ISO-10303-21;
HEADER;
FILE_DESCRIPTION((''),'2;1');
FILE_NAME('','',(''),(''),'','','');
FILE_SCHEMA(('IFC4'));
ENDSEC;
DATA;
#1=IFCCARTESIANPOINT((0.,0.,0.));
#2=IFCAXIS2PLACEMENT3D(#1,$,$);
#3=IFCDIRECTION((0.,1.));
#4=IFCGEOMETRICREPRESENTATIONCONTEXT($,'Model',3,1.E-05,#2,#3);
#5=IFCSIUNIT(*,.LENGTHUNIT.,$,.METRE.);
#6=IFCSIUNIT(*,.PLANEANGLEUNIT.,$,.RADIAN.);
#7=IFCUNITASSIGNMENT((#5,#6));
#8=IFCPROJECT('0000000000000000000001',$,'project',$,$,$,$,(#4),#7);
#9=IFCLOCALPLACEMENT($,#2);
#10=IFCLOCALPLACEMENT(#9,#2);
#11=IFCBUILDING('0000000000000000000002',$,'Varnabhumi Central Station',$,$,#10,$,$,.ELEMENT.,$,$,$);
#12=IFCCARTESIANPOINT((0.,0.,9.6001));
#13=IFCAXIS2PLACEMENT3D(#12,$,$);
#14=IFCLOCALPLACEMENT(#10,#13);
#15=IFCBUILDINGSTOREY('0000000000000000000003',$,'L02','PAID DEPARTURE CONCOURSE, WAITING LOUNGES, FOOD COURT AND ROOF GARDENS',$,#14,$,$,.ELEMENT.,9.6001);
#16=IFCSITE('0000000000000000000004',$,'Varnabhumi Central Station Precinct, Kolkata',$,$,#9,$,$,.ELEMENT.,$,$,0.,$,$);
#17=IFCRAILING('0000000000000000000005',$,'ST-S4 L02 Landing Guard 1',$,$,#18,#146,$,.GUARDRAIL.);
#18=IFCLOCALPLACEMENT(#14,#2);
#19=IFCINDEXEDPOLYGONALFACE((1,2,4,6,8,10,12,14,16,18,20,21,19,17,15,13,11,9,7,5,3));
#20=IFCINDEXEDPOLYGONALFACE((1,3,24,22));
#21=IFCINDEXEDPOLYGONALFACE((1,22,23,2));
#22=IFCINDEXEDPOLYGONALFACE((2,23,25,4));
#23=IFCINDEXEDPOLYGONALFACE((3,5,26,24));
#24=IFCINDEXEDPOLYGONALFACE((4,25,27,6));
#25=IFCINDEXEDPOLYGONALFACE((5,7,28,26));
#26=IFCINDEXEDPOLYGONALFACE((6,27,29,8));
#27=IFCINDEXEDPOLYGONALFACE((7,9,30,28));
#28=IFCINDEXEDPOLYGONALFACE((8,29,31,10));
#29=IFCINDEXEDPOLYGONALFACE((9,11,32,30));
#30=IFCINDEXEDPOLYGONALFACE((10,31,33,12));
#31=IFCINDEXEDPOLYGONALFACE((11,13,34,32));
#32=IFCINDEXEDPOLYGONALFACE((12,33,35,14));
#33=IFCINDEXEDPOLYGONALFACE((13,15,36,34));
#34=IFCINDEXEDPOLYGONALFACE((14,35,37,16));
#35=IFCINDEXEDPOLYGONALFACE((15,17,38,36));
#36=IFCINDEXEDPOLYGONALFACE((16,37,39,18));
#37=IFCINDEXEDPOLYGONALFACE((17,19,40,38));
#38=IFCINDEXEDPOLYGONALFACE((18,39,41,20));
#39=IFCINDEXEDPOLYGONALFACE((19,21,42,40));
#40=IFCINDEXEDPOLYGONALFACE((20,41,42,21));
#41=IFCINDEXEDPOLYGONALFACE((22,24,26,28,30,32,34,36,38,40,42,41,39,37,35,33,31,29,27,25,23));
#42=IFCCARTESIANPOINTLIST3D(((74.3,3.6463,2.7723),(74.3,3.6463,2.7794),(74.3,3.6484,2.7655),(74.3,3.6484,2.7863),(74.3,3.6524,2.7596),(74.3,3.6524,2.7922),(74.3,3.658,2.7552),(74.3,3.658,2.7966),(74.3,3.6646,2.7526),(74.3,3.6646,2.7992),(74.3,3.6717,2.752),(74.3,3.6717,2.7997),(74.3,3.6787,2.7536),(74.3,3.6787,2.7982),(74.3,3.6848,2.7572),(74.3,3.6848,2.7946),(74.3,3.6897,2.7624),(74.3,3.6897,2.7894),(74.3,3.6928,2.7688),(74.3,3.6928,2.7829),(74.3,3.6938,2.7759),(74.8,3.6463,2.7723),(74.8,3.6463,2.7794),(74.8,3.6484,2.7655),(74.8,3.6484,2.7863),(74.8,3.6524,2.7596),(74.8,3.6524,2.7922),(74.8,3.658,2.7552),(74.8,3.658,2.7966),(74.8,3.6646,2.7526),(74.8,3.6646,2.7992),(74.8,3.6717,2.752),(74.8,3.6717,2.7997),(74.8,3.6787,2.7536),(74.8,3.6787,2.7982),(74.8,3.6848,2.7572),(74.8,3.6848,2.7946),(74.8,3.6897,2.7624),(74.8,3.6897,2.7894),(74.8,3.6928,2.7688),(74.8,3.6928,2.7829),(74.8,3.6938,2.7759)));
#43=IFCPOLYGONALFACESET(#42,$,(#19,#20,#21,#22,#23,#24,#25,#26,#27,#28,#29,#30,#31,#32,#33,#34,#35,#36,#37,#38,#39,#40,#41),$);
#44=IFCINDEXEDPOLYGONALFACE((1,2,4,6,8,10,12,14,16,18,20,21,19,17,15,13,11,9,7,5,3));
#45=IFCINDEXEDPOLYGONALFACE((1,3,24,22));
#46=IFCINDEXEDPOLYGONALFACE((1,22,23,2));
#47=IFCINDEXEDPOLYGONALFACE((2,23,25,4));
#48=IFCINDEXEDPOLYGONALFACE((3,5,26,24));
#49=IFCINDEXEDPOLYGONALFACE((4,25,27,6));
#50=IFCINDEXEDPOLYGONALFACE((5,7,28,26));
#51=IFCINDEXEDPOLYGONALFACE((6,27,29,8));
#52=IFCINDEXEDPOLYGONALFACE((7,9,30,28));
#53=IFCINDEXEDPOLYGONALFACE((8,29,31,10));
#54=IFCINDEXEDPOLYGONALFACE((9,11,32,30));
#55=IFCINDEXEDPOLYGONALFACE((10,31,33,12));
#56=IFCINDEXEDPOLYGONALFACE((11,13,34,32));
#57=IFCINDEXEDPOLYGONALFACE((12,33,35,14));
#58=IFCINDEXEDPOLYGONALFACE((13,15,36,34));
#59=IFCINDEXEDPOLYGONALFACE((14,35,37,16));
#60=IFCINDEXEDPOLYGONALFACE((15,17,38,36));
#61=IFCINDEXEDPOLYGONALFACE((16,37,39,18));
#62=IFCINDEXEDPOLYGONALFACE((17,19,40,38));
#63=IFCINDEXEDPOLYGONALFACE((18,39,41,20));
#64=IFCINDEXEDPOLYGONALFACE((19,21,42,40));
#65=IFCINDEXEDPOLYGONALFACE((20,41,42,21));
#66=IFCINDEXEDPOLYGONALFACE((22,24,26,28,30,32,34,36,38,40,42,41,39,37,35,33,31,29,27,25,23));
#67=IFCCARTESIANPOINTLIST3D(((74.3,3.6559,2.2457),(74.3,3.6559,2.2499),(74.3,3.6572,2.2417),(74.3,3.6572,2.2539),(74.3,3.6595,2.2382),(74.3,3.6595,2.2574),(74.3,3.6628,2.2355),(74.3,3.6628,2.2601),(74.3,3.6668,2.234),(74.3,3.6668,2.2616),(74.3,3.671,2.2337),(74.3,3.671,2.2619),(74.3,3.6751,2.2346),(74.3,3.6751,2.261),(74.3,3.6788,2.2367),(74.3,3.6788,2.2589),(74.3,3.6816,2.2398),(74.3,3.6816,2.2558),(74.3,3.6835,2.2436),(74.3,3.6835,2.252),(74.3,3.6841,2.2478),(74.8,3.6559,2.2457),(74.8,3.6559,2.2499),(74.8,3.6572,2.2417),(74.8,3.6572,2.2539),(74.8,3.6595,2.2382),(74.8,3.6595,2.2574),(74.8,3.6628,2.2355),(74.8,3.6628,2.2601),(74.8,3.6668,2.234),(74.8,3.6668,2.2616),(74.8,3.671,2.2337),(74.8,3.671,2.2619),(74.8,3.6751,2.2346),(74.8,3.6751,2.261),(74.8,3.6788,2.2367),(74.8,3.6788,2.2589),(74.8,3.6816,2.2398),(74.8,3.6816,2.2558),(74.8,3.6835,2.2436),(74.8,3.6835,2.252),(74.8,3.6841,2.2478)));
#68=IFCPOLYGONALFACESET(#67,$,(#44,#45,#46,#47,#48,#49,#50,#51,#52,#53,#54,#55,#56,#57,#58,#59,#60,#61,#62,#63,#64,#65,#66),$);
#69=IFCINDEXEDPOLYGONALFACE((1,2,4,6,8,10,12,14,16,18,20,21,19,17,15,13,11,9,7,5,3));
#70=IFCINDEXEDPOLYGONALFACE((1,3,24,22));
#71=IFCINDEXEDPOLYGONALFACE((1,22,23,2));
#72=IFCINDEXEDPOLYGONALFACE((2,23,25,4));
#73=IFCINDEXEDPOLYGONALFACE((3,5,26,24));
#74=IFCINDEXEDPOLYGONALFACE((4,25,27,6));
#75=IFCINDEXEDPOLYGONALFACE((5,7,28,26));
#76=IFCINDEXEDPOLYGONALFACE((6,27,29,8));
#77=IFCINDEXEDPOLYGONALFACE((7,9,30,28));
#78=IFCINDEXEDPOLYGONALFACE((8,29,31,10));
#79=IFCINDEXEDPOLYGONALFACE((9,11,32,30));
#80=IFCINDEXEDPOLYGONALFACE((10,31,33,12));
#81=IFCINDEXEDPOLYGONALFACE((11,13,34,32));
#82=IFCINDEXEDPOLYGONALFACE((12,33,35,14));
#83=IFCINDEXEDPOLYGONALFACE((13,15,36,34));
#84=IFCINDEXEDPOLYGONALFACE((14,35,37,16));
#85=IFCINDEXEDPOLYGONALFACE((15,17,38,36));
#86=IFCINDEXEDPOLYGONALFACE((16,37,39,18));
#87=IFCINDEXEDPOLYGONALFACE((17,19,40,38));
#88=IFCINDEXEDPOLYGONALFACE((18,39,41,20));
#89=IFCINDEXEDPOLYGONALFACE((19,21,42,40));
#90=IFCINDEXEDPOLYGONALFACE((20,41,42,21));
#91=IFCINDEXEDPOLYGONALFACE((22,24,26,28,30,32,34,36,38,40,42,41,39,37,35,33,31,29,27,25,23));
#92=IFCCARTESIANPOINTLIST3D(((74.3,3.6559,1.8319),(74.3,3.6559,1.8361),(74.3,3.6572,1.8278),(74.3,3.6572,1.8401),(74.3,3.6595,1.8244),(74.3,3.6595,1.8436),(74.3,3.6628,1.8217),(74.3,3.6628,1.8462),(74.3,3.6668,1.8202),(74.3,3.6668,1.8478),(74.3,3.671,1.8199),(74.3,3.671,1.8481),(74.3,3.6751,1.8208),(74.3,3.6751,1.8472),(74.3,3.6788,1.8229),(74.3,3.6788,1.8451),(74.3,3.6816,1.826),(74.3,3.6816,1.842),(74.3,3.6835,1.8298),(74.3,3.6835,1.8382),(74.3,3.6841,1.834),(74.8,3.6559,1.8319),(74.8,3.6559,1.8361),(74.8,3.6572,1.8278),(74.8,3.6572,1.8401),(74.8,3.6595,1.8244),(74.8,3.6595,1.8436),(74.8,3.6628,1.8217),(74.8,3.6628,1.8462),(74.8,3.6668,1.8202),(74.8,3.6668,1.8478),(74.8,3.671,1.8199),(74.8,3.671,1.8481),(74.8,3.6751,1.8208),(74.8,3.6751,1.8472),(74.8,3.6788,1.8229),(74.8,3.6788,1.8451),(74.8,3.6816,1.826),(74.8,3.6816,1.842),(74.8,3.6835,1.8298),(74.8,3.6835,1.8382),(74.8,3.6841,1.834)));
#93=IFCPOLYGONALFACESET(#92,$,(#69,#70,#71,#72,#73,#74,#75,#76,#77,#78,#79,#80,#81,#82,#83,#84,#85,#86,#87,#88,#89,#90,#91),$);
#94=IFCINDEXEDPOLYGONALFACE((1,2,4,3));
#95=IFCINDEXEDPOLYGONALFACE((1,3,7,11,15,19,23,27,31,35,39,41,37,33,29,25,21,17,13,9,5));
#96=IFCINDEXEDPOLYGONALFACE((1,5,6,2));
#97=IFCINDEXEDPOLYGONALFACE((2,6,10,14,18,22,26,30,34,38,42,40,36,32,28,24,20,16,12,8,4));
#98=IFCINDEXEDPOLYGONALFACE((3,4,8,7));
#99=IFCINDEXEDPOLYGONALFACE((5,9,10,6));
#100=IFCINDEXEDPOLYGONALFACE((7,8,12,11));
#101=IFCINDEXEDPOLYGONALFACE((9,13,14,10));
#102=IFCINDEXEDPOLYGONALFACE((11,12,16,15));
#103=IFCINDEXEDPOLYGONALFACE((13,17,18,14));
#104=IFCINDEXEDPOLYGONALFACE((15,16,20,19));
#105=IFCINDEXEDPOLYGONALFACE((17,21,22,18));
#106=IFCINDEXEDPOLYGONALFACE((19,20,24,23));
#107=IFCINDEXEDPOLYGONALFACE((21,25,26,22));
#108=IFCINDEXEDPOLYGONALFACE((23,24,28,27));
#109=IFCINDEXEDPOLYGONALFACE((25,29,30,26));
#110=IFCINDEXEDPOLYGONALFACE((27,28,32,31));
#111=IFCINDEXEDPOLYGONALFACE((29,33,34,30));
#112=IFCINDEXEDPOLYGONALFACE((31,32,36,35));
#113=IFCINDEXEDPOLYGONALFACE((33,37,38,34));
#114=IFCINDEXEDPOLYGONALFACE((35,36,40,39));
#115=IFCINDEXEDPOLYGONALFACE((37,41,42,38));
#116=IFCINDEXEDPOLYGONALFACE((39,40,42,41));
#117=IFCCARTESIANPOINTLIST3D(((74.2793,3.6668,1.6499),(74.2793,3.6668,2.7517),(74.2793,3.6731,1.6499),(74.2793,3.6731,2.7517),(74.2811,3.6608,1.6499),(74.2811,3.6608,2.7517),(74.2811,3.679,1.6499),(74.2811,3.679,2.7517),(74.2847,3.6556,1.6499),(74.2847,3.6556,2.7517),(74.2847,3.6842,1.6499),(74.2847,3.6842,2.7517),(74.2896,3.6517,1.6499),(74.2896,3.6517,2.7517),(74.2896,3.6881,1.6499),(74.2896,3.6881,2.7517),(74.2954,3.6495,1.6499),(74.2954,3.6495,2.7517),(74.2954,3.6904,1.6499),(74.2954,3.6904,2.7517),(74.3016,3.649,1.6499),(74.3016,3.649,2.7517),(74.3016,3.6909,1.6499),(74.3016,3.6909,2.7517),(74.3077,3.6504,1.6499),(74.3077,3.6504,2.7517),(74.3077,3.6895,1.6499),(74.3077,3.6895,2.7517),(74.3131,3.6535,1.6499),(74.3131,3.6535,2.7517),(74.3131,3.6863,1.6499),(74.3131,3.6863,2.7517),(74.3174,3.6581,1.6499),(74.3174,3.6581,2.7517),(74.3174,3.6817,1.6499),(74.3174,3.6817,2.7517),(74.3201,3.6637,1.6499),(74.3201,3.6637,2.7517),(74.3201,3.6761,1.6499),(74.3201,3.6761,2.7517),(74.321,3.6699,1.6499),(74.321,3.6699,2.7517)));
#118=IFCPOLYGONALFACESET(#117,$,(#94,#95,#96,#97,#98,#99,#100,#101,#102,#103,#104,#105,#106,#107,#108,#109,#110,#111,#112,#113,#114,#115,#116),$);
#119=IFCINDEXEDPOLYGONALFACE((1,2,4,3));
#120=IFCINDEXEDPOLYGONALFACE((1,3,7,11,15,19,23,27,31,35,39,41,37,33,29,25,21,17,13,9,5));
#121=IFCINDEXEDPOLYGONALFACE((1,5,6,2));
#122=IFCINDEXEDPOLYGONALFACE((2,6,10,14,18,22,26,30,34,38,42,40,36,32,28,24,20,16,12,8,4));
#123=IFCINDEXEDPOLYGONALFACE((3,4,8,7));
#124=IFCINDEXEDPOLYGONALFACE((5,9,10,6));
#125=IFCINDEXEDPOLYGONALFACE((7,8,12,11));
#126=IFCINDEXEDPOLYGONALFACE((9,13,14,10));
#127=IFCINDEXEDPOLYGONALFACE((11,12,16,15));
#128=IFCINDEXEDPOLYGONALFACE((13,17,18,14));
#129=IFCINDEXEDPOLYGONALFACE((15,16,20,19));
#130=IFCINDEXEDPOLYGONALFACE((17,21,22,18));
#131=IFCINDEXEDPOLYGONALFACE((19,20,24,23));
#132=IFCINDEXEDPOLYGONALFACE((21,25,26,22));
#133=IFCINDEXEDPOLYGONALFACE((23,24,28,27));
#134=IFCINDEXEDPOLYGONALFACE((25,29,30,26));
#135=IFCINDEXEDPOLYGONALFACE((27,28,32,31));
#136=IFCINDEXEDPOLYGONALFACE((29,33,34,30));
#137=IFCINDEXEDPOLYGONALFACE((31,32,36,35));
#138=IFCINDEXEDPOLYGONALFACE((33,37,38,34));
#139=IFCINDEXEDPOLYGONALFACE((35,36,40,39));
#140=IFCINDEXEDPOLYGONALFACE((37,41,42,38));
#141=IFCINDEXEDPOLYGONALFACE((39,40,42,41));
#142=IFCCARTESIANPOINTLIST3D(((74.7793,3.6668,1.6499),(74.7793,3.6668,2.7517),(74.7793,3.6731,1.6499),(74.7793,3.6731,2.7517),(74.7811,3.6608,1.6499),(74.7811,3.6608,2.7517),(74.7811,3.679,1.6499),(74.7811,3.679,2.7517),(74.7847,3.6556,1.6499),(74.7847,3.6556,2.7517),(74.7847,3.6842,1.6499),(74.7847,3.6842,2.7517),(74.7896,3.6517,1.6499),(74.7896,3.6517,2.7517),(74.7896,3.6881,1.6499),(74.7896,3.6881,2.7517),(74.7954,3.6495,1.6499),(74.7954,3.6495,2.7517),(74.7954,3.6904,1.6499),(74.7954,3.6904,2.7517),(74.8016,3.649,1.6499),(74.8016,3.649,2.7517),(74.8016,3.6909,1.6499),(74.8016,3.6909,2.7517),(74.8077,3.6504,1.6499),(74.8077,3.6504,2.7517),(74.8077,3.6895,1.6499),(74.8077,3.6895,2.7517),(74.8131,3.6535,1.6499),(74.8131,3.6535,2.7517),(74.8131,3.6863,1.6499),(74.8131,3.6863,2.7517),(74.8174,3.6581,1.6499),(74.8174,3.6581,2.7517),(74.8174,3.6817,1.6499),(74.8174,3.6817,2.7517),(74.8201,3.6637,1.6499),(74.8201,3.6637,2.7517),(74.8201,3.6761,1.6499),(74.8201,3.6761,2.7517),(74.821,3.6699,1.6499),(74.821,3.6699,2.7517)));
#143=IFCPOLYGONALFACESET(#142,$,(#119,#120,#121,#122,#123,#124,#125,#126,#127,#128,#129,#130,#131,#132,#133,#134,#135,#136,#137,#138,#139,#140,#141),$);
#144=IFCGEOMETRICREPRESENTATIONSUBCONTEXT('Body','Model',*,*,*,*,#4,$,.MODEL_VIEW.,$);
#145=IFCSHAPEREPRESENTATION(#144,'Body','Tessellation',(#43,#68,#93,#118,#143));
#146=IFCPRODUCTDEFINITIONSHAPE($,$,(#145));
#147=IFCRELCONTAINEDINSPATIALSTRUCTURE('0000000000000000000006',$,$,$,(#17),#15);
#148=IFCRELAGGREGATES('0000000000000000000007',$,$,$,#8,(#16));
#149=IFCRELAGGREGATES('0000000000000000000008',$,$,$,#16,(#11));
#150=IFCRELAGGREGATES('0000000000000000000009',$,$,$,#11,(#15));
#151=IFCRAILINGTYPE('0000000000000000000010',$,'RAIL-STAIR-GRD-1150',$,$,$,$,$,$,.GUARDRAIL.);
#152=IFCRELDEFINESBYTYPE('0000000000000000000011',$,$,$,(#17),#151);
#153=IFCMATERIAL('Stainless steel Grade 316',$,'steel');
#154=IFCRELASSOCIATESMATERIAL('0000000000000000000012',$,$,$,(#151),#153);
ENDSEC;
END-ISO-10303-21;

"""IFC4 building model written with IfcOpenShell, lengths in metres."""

from ifc_helpers import new_model, si_unit, direction, frame, origin, origin_2d, place, context, subcontext, project, spatial, circle, extrude, material, type_object, element, save


model = new_model("IFC4")

# Units and contexts
model_context = context("Model", 3, precision=1e-05, world=origin(), true_north=direction((0.0, 1.0)))
body_context = subcontext(model_context, "Body", "Model", "MODEL_VIEW")
ifc_project = project(units=[si_unit("LENGTHUNIT", "METRE"), si_unit("PLANEANGLEUNIT", "RADIAN")], contexts=[model_context])

# Site, building, storey
site_placement = place(None, origin())
site = spatial("IfcSite", under=ifc_project, at=site_placement, Name="Varnabhumi Central Station Precinct, Kolkata", CompositionType="ELEMENT", RefElevation=0.0)
building_placement = place(site_placement, origin())
building = spatial("IfcBuilding", under=site, at=building_placement, Name="Varnabhumi Central Station", CompositionType="ELEMENT")
storey_placement = place(building_placement, frame((0.0, 0.0, 9.6001)))
storey = spatial("IfcBuildingStorey", under=building, at=storey_placement, Name="L02", Description="PAID DEPARTURE CONCOURSE, WAITING LOUNGES, FOOD COURT AND ROOF GARDENS", CompositionType="ELEMENT", Elevation=9.6001)

# Shared definitions
ifc_material_1 = material(Name="Stainless steel Grade 316", Category="steel")

# Railing
railing_type_1 = type_object("IfcRailingType", Name="RAIL-STAIR-GRD-1150", PredefinedType="GUARDRAIL", material=ifc_material_1)
for number, where, name in (
    (1, (74.3, 3.6699, 1.6499), "ST-S4 L02 Landing Guard 1"),
):
    element("IfcRailing", number, at=place(storey_placement, frame(where)), inside=storey, type_object=railing_type_1, Name=name, PredefinedType="GUARDRAIL", context=body_context, shape_type="SweptSolid", body=[
        extrude(circle(Radius=0.0239, at=origin_2d()), frame((0.0, 0.0, 1.126), z_axis=(1.0, 0.0, 0.0), x_axis=(0.0, 1.0, 0.0)), (0.0, 0.0, 1.0), 0.5),
        extrude(circle(Radius=0.0142, at=origin_2d()), frame((0.0, 0.0, 0.5979), z_axis=(1.0, 0.0, 0.0), x_axis=(0.0, 1.0, 0.0)), (0.0, 0.0, 1.0), 0.5),
        extrude(circle(Radius=0.0142, at=origin_2d()), frame((0.0, 0.0, 0.1841), z_axis=(1.0, 0.0, 0.0), x_axis=(0.0, 1.0, 0.0)), (0.0, 0.0, 1.0), 0.5),
        extrude(circle(Radius=0.021, at=origin_2d()), origin(), (0.0, 0.0, 1.0), 1.1018),
        extrude(circle(Radius=0.021, at=origin_2d()), frame((0.5, 0.0, 0.0)), (0.0, 0.0, 1.0), 1.1018),
    ])

save(model, "model.ifc")
